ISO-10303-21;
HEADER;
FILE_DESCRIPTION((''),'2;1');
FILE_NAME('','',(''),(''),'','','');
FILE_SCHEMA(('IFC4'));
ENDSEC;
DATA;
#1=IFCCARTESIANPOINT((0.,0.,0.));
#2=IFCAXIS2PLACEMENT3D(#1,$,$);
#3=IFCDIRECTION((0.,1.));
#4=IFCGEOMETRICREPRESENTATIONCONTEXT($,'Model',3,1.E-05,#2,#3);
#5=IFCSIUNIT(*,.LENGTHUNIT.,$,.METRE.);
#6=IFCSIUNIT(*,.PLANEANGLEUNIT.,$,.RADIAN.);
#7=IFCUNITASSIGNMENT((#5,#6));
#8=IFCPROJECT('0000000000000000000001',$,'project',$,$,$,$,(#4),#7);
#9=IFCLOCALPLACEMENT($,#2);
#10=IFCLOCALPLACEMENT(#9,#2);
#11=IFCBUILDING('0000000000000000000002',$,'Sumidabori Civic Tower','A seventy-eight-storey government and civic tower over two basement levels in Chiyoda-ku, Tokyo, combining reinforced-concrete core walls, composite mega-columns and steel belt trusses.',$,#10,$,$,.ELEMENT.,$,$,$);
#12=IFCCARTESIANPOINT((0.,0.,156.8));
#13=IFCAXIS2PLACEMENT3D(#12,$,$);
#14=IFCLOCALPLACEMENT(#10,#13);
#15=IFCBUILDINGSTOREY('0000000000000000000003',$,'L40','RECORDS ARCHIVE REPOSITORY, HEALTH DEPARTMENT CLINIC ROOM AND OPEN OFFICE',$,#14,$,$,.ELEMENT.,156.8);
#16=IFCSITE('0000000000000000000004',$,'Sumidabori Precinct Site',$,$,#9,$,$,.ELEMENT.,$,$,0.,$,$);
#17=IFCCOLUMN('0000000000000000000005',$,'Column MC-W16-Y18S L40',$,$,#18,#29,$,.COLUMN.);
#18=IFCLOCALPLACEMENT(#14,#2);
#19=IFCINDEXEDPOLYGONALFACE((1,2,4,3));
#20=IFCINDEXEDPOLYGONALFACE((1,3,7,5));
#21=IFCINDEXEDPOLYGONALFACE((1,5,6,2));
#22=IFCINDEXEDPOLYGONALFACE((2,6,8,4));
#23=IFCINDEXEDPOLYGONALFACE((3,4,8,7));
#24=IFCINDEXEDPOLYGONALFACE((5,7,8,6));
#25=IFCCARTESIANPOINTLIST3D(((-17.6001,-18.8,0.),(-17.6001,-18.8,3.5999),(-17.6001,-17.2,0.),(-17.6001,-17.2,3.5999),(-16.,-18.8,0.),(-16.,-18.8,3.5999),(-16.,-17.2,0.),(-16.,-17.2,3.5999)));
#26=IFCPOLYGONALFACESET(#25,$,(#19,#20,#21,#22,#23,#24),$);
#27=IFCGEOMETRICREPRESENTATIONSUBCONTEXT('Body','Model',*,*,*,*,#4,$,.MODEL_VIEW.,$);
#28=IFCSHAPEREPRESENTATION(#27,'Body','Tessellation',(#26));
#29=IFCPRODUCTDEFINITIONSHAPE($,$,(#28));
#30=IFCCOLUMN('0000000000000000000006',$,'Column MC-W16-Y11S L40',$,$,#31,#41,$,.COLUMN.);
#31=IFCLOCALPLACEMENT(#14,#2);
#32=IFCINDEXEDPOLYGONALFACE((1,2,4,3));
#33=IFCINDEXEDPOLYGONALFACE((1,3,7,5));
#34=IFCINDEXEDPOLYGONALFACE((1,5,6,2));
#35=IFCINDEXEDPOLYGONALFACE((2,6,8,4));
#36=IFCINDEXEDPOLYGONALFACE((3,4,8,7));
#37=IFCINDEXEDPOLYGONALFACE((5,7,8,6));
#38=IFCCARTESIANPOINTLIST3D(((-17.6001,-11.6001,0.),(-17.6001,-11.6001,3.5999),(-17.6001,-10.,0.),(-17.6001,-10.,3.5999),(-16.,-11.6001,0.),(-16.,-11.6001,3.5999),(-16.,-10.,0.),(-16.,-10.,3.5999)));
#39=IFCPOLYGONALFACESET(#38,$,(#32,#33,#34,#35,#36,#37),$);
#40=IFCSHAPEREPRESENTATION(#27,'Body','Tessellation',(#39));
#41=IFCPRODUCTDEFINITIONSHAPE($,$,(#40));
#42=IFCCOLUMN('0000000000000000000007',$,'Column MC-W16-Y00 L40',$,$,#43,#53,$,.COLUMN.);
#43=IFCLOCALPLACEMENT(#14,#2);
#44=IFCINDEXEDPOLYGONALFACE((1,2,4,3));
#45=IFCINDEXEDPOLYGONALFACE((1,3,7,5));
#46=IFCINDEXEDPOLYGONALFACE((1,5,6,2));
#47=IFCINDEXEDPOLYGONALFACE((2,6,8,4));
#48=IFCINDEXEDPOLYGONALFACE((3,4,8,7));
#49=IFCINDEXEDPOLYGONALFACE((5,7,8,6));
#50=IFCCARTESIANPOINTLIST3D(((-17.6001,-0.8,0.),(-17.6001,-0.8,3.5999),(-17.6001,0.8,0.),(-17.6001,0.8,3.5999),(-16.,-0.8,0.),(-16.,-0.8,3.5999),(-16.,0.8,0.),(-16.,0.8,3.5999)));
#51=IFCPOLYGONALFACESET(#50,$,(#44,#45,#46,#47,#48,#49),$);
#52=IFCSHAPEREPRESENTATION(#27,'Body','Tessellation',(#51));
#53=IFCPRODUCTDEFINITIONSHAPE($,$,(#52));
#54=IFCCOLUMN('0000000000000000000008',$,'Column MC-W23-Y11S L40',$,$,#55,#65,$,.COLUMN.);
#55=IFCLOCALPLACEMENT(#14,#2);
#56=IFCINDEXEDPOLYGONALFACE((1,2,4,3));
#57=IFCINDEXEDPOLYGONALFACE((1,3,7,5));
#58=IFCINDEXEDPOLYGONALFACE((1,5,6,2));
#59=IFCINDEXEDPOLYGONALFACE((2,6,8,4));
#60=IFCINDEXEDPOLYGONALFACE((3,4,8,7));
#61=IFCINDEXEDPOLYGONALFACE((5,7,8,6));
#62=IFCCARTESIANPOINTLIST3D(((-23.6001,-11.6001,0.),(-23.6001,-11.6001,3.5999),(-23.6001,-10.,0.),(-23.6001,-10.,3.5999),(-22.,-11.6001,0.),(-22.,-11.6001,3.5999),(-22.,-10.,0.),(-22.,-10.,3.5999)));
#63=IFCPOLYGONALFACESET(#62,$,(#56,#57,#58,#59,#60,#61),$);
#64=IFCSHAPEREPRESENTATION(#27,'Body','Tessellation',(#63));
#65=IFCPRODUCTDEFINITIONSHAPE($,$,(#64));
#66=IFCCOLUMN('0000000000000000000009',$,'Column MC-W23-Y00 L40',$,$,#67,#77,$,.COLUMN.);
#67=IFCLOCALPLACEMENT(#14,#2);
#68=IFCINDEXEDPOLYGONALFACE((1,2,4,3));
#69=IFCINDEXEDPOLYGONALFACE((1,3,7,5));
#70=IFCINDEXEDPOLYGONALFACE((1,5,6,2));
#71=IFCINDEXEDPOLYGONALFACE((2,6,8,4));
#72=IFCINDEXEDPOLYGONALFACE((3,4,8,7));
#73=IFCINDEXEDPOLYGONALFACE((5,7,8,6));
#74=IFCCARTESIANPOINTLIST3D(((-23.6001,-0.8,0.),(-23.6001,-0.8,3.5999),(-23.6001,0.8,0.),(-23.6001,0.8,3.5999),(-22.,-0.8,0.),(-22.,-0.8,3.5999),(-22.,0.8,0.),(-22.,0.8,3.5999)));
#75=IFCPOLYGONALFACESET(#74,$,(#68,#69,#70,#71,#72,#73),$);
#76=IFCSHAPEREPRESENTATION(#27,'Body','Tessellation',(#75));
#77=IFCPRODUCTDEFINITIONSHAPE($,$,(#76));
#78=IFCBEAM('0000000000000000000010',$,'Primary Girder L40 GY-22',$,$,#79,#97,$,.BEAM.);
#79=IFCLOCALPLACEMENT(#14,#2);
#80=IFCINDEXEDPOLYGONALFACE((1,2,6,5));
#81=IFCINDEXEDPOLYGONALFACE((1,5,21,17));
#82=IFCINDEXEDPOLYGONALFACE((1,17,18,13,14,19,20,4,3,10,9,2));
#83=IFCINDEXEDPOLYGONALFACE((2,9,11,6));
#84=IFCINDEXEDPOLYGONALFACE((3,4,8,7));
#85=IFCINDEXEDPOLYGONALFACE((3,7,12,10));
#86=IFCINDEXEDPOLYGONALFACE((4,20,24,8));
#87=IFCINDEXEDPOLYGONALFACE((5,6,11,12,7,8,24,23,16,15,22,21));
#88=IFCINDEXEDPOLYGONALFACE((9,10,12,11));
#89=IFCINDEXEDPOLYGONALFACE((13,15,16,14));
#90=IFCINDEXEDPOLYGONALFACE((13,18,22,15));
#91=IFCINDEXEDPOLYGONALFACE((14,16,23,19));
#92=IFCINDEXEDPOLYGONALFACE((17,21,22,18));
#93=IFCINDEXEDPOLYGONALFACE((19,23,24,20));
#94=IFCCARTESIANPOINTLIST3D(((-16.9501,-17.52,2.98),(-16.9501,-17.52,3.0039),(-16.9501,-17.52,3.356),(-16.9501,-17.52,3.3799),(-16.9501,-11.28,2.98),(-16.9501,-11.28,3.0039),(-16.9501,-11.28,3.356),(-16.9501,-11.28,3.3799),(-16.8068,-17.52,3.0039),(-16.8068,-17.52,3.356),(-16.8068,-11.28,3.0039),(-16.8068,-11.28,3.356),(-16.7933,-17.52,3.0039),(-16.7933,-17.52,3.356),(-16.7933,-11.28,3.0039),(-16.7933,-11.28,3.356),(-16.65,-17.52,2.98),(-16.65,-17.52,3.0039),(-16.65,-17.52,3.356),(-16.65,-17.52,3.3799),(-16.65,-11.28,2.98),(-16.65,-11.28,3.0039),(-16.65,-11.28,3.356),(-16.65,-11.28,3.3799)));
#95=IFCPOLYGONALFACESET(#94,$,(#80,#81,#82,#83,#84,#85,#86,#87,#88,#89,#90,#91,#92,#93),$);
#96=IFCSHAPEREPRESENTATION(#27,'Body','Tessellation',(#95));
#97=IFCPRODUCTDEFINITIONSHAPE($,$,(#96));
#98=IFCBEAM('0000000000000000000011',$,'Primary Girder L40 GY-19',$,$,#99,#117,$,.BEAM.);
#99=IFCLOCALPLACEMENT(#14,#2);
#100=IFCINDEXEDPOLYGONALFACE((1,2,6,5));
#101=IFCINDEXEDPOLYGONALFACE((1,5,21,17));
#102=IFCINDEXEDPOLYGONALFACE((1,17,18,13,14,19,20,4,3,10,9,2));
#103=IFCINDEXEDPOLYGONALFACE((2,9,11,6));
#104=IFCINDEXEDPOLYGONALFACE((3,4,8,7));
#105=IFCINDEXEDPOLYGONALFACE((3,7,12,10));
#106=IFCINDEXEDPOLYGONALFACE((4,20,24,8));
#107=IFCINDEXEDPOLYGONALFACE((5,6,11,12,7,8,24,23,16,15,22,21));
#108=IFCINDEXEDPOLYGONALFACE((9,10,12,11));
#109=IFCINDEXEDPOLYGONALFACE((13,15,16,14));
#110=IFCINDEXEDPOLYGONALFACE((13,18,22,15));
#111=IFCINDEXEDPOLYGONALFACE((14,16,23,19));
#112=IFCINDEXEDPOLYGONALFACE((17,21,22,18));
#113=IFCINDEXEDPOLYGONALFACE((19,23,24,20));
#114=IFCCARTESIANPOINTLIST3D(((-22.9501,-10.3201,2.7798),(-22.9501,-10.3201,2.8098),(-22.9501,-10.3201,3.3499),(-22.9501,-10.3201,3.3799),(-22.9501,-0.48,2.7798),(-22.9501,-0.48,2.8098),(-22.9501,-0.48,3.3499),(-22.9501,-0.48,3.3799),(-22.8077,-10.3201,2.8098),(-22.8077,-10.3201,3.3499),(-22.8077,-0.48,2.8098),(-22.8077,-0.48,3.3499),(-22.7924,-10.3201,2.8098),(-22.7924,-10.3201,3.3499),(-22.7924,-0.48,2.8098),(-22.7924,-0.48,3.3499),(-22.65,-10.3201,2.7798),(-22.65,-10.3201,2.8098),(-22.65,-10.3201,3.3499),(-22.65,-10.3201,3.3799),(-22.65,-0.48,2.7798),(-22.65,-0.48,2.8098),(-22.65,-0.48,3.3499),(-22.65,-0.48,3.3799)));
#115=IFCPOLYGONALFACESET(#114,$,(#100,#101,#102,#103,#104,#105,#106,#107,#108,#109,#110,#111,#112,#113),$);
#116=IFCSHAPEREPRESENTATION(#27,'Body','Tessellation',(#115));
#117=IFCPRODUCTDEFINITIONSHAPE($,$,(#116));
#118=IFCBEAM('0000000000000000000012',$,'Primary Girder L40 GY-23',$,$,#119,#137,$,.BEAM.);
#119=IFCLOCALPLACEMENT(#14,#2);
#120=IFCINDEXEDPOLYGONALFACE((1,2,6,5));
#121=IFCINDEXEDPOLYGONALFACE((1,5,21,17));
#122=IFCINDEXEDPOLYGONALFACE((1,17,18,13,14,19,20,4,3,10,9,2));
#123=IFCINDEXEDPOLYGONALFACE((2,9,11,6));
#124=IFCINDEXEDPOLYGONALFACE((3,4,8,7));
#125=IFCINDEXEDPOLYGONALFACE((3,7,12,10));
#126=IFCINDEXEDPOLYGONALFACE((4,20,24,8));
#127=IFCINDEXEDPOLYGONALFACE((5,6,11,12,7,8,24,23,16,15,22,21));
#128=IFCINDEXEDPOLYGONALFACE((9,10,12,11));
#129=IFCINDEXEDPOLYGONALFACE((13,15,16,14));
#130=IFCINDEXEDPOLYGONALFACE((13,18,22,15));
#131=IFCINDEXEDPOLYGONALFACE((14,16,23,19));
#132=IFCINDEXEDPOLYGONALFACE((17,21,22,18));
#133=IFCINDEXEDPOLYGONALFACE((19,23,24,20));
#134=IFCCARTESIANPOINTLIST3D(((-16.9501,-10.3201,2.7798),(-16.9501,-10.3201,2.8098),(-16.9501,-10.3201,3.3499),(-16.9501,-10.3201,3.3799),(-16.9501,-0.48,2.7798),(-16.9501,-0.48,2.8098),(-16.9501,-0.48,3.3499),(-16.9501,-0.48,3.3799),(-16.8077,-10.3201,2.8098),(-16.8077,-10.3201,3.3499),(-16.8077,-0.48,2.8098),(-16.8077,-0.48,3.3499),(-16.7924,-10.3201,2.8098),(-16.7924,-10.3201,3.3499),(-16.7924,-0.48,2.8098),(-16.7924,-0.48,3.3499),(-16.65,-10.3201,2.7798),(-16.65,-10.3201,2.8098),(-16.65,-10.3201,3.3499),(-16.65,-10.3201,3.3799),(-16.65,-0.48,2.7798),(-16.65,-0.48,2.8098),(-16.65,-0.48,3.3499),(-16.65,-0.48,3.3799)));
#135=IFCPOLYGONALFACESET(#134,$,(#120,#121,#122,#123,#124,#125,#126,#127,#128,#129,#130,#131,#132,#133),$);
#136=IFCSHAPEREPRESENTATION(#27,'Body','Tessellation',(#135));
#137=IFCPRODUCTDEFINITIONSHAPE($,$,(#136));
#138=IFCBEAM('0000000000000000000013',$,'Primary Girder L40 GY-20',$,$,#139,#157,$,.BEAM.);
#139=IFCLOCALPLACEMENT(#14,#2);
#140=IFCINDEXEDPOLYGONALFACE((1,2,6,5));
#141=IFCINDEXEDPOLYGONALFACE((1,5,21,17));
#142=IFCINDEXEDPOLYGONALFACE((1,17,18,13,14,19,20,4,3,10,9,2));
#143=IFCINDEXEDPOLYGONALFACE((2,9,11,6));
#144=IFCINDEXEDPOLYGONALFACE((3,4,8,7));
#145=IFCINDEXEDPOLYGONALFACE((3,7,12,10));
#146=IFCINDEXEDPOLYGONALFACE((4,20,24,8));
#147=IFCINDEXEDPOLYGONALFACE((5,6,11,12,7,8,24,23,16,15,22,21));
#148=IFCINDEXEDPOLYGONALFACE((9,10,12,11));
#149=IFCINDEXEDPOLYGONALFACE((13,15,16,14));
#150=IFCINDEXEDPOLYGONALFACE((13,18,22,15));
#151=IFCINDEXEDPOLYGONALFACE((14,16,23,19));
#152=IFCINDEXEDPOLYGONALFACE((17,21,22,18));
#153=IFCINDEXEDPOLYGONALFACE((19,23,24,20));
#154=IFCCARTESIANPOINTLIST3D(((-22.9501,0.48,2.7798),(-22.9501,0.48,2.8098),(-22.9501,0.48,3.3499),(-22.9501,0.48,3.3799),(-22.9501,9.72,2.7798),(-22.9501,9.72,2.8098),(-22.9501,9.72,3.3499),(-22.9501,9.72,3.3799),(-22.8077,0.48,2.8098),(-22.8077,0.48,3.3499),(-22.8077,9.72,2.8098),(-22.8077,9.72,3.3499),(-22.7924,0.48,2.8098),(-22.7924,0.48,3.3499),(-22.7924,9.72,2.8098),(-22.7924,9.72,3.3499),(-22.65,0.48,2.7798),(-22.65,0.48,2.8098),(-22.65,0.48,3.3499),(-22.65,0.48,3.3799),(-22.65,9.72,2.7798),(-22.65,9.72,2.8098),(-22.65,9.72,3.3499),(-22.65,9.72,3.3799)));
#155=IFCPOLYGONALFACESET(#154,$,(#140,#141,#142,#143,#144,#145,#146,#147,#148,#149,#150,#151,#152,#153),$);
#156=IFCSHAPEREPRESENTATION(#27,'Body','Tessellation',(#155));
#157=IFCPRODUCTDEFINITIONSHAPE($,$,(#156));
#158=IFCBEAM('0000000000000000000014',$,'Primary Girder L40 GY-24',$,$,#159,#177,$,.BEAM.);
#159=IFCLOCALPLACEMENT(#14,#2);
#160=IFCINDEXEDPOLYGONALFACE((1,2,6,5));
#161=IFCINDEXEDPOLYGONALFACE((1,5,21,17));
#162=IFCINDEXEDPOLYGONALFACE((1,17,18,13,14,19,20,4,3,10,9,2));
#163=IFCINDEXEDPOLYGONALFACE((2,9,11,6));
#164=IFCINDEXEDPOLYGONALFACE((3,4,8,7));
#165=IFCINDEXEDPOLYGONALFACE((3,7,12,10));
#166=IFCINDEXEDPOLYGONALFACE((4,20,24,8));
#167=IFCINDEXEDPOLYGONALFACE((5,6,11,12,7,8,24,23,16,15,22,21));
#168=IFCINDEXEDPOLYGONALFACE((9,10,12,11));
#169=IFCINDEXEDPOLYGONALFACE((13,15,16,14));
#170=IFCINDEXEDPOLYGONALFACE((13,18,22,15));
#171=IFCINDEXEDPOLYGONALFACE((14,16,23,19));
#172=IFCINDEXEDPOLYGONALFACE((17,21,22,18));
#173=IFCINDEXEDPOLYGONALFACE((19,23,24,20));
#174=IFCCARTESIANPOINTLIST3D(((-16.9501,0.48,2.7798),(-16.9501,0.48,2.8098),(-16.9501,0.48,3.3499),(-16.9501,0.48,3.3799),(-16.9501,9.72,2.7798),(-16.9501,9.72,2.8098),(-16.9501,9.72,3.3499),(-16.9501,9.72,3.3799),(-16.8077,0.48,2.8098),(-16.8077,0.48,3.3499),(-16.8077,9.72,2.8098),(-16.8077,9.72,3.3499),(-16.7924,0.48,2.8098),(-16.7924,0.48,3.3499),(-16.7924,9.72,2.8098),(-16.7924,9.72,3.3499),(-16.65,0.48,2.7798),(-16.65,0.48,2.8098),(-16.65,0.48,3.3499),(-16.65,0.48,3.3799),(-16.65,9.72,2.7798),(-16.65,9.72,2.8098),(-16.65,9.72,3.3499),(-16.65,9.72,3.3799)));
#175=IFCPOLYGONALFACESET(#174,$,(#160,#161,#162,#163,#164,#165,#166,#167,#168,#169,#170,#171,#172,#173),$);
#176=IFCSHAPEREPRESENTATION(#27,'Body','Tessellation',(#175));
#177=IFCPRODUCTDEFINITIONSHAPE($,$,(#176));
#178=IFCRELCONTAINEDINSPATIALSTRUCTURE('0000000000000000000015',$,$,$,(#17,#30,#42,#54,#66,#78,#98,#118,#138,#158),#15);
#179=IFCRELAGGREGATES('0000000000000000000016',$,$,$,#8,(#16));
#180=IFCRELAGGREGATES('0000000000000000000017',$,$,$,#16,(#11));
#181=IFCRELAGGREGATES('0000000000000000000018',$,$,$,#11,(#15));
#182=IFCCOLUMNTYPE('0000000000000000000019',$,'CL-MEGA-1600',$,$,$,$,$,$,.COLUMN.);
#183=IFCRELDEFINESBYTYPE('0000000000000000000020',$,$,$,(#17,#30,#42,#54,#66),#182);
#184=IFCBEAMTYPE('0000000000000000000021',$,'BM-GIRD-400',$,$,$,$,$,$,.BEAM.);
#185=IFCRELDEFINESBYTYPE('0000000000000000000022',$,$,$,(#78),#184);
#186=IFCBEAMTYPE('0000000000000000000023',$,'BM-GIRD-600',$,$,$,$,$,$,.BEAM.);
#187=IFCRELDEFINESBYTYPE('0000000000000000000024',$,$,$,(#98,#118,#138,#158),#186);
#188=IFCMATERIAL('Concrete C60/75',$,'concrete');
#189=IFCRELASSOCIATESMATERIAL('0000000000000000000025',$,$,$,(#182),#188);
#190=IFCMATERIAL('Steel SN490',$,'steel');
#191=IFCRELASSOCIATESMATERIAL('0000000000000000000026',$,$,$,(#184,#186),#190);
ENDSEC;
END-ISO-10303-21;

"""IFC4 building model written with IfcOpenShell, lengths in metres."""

from ifc_helpers import new_model, si_unit, direction, frame, origin, origin_2d, place, context, subcontext, project, spatial, rectangle, i_section, extrude, source, transform, mapped, material, material_profile, profile_set, type_object, element, save


model = new_model("IFC4")

# Units and contexts
model_context = context("Model", 3, precision=1e-05, world=origin(), true_north=direction((0.0, 1.0)))
body_context = subcontext(model_context, "Body", "Model", "MODEL_VIEW")
ifc_project = project(units=[si_unit("LENGTHUNIT", "METRE"), si_unit("PLANEANGLEUNIT", "RADIAN")], contexts=[model_context])

# Site, building, storey
site_placement = place(None, origin())
site = spatial("IfcSite", under=ifc_project, at=site_placement, Name="Sumidabori Precinct Site", CompositionType="ELEMENT", RefElevation=0.0)
building_placement = place(site_placement, origin())
building = spatial("IfcBuilding", under=site, at=building_placement, Name="Sumidabori Civic Tower", Description="A seventy-eight-storey government and civic tower over two basement levels in Chiyoda-ku, Tokyo, combining reinforced-concrete core walls, composite mega-columns and steel belt trusses.", CompositionType="ELEMENT")
storey_placement = place(building_placement, frame((0.0, 0.0, 156.8)))
storey = spatial("IfcBuildingStorey", under=building, at=storey_placement, Name="L40", Description="RECORDS ARCHIVE REPOSITORY, HEALTH DEPARTMENT CLINIC ROOM AND OPEN OFFICE", CompositionType="ELEMENT", Elevation=156.8)

# Columns
ifc_material_1 = material(Name="Concrete C60/75", Category="concrete")
ifc_material_profile_1 = material_profile(ifc_material_1, rectangle(XDim=1.6001, YDim=1.6001, at=origin_2d()), Name="RC 1600x1600")
ifc_profile_set_1 = profile_set([ifc_material_profile_1], Name="Concrete C60/75")
column_type = type_object("IfcColumnType", Name="CL-MEGA-1600", PredefinedType="COLUMN", material=ifc_profile_set_1)
shared_shape_1 = source(origin(), body_context, "Body", "SweptSolid", [
    extrude(rectangle(XDim=1.6001, YDim=1.6001, at=origin_2d()), origin(), (0.0, 0.0, 1.0), 3.5999),
])
for number, where, z_axis, x_axis, name in (
    (1, (-16.8, -18.0, 0.0), (0.0, 0.0, 1.0), (1.0, 0.0, 0.0), "Column MC-W16-Y18S L40"),
    (2, (-16.8, -10.8, 0.0), (0.0, 0.0, 1.0), (1.0, 0.0, 0.0), "Column MC-W16-Y11S L40"),
    (3, (-16.8, 0.0, 0.0), (0.0, 0.0, 1.0), (1.0, 0.0, 0.0), "Column MC-W16-Y00 L40"),
    (4, (-22.8, -10.8, 0.0), (0.0, 0.0, 1.0), (1.0, 0.0, 0.0), "Column MC-W23-Y11S L40"),
    (5, (-22.8, 0.0, 0.0), (0.0, 0.0, 1.0), (1.0, 0.0, 0.0), "Column MC-W23-Y00 L40"),
):
    element("IfcColumn", number, at=place(storey_placement, frame(where, z_axis=z_axis, x_axis=x_axis)), inside=storey, type_object=column_type, Name=name, PredefinedType="COLUMN", context=body_context, shape_type="MappedRepresentation", body=[
        mapped(shared_shape_1, transform((0.0, 0.0, 0.0), x_axis=(1.0, 0.0, 0.0), y_axis=(0.0, 1.0, 0.0), z_axis=(0.0, 0.0, 1.0), scale=1.0)),
    ])

# Beams
ifc_material_2 = material(Name="Steel SN490", Category="steel")
ifc_material_profile_2 = material_profile(ifc_material_2, i_section(OverallWidth=0.3, OverallDepth=0.3999, WebThickness=0.0134, FlangeThickness=0.0239, at=origin_2d()), Name="HE 400 B")
ifc_profile_set_2 = profile_set([ifc_material_profile_2], Name="Steel SN490")
beam_type_1 = type_object("IfcBeamType", Name="BM-GIRD-400", PredefinedType="BEAM", material=ifc_profile_set_2)
shared_shape_2 = source(origin(), body_context, "Body", "SweptSolid", [
    extrude(i_section(OverallWidth=0.3, OverallDepth=0.3999, WebThickness=0.0134, FlangeThickness=0.0239, at=origin_2d()), origin(), (0.0, 0.0, 1.0), 6.24),
])
beam_placement = place(storey_placement, frame((-16.8, -17.52, 3.1799), z_axis=(0.0, 1.0, 0.0), x_axis=(-1.0, 0.0, 0.0)))
element("IfcBeam", 6, at=beam_placement, inside=storey, type_object=beam_type_1, Name="Primary Girder L40 GY-22", PredefinedType="BEAM", context=body_context, shape_type="MappedRepresentation", body=[
    mapped(shared_shape_2, transform((0.0, 0.0, 0.0), x_axis=(1.0, 0.0, 0.0), y_axis=(0.0, 1.0, 0.0), z_axis=(0.0, 0.0, 1.0), scale=1.0)),
])
ifc_material_profile_3 = material_profile(ifc_material_2, i_section(OverallWidth=0.3, OverallDepth=0.6001, WebThickness=0.0154, FlangeThickness=0.03, at=origin_2d()), Name="HE 600 B")
ifc_profile_set_3 = profile_set([ifc_material_profile_3], Name="Steel SN490")
beam_type_2 = type_object("IfcBeamType", Name="BM-GIRD-600", PredefinedType="BEAM", material=ifc_profile_set_3)
shared_shape_3 = source(origin(), body_context, "Body", "SweptSolid", [
    extrude(i_section(OverallWidth=0.3, OverallDepth=0.6001, WebThickness=0.0154, FlangeThickness=0.03, at=origin_2d()), origin(), (0.0, 0.0, 1.0), 9.8401),
])
for number, where, z_axis, x_axis, name in (
    (7, (-22.8, -10.3201, 3.0798), (0.0, 1.0, 0.0), (-1.0, 0.0, 0.0), "Primary Girder L40 GY-19"),
    (8, (-16.8, -10.3201, 3.0798), (0.0, 1.0, 0.0), (-1.0, 0.0, 0.0), "Primary Girder L40 GY-23"),
):
    element("IfcBeam", number, at=place(storey_placement, frame(where, z_axis=z_axis, x_axis=x_axis)), inside=storey, type_object=beam_type_2, Name=name, PredefinedType="BEAM", context=body_context, shape_type="MappedRepresentation", body=[
        mapped(shared_shape_3, transform((0.0, 0.0, 0.0), x_axis=(1.0, 0.0, 0.0), y_axis=(0.0, 1.0, 0.0), z_axis=(0.0, 0.0, 1.0), scale=1.0)),
    ])
shared_shape_4 = source(origin(), body_context, "Body", "SweptSolid", [
    extrude(i_section(OverallWidth=0.3, OverallDepth=0.6001, WebThickness=0.0154, FlangeThickness=0.03, at=origin_2d()), origin(), (0.0, 0.0, 1.0), 9.24),
])
for number, where, z_axis, x_axis, name in (
    (9, (-22.8, 0.48, 3.0798), (0.0, 1.0, 0.0), (-1.0, 0.0, 0.0), "Primary Girder L40 GY-20"),
    (10, (-16.8, 0.48, 3.0798), (0.0, 1.0, 0.0), (-1.0, 0.0, 0.0), "Primary Girder L40 GY-24"),
):
    element("IfcBeam", number, at=place(storey_placement, frame(where, z_axis=z_axis, x_axis=x_axis)), inside=storey, type_object=beam_type_2, Name=name, PredefinedType="BEAM", context=body_context, shape_type="MappedRepresentation", body=[
        mapped(shared_shape_4, transform((0.0, 0.0, 0.0), x_axis=(1.0, 0.0, 0.0), y_axis=(0.0, 1.0, 0.0), z_axis=(0.0, 0.0, 1.0), scale=1.0)),
    ])

save(model, "model.ifc")
